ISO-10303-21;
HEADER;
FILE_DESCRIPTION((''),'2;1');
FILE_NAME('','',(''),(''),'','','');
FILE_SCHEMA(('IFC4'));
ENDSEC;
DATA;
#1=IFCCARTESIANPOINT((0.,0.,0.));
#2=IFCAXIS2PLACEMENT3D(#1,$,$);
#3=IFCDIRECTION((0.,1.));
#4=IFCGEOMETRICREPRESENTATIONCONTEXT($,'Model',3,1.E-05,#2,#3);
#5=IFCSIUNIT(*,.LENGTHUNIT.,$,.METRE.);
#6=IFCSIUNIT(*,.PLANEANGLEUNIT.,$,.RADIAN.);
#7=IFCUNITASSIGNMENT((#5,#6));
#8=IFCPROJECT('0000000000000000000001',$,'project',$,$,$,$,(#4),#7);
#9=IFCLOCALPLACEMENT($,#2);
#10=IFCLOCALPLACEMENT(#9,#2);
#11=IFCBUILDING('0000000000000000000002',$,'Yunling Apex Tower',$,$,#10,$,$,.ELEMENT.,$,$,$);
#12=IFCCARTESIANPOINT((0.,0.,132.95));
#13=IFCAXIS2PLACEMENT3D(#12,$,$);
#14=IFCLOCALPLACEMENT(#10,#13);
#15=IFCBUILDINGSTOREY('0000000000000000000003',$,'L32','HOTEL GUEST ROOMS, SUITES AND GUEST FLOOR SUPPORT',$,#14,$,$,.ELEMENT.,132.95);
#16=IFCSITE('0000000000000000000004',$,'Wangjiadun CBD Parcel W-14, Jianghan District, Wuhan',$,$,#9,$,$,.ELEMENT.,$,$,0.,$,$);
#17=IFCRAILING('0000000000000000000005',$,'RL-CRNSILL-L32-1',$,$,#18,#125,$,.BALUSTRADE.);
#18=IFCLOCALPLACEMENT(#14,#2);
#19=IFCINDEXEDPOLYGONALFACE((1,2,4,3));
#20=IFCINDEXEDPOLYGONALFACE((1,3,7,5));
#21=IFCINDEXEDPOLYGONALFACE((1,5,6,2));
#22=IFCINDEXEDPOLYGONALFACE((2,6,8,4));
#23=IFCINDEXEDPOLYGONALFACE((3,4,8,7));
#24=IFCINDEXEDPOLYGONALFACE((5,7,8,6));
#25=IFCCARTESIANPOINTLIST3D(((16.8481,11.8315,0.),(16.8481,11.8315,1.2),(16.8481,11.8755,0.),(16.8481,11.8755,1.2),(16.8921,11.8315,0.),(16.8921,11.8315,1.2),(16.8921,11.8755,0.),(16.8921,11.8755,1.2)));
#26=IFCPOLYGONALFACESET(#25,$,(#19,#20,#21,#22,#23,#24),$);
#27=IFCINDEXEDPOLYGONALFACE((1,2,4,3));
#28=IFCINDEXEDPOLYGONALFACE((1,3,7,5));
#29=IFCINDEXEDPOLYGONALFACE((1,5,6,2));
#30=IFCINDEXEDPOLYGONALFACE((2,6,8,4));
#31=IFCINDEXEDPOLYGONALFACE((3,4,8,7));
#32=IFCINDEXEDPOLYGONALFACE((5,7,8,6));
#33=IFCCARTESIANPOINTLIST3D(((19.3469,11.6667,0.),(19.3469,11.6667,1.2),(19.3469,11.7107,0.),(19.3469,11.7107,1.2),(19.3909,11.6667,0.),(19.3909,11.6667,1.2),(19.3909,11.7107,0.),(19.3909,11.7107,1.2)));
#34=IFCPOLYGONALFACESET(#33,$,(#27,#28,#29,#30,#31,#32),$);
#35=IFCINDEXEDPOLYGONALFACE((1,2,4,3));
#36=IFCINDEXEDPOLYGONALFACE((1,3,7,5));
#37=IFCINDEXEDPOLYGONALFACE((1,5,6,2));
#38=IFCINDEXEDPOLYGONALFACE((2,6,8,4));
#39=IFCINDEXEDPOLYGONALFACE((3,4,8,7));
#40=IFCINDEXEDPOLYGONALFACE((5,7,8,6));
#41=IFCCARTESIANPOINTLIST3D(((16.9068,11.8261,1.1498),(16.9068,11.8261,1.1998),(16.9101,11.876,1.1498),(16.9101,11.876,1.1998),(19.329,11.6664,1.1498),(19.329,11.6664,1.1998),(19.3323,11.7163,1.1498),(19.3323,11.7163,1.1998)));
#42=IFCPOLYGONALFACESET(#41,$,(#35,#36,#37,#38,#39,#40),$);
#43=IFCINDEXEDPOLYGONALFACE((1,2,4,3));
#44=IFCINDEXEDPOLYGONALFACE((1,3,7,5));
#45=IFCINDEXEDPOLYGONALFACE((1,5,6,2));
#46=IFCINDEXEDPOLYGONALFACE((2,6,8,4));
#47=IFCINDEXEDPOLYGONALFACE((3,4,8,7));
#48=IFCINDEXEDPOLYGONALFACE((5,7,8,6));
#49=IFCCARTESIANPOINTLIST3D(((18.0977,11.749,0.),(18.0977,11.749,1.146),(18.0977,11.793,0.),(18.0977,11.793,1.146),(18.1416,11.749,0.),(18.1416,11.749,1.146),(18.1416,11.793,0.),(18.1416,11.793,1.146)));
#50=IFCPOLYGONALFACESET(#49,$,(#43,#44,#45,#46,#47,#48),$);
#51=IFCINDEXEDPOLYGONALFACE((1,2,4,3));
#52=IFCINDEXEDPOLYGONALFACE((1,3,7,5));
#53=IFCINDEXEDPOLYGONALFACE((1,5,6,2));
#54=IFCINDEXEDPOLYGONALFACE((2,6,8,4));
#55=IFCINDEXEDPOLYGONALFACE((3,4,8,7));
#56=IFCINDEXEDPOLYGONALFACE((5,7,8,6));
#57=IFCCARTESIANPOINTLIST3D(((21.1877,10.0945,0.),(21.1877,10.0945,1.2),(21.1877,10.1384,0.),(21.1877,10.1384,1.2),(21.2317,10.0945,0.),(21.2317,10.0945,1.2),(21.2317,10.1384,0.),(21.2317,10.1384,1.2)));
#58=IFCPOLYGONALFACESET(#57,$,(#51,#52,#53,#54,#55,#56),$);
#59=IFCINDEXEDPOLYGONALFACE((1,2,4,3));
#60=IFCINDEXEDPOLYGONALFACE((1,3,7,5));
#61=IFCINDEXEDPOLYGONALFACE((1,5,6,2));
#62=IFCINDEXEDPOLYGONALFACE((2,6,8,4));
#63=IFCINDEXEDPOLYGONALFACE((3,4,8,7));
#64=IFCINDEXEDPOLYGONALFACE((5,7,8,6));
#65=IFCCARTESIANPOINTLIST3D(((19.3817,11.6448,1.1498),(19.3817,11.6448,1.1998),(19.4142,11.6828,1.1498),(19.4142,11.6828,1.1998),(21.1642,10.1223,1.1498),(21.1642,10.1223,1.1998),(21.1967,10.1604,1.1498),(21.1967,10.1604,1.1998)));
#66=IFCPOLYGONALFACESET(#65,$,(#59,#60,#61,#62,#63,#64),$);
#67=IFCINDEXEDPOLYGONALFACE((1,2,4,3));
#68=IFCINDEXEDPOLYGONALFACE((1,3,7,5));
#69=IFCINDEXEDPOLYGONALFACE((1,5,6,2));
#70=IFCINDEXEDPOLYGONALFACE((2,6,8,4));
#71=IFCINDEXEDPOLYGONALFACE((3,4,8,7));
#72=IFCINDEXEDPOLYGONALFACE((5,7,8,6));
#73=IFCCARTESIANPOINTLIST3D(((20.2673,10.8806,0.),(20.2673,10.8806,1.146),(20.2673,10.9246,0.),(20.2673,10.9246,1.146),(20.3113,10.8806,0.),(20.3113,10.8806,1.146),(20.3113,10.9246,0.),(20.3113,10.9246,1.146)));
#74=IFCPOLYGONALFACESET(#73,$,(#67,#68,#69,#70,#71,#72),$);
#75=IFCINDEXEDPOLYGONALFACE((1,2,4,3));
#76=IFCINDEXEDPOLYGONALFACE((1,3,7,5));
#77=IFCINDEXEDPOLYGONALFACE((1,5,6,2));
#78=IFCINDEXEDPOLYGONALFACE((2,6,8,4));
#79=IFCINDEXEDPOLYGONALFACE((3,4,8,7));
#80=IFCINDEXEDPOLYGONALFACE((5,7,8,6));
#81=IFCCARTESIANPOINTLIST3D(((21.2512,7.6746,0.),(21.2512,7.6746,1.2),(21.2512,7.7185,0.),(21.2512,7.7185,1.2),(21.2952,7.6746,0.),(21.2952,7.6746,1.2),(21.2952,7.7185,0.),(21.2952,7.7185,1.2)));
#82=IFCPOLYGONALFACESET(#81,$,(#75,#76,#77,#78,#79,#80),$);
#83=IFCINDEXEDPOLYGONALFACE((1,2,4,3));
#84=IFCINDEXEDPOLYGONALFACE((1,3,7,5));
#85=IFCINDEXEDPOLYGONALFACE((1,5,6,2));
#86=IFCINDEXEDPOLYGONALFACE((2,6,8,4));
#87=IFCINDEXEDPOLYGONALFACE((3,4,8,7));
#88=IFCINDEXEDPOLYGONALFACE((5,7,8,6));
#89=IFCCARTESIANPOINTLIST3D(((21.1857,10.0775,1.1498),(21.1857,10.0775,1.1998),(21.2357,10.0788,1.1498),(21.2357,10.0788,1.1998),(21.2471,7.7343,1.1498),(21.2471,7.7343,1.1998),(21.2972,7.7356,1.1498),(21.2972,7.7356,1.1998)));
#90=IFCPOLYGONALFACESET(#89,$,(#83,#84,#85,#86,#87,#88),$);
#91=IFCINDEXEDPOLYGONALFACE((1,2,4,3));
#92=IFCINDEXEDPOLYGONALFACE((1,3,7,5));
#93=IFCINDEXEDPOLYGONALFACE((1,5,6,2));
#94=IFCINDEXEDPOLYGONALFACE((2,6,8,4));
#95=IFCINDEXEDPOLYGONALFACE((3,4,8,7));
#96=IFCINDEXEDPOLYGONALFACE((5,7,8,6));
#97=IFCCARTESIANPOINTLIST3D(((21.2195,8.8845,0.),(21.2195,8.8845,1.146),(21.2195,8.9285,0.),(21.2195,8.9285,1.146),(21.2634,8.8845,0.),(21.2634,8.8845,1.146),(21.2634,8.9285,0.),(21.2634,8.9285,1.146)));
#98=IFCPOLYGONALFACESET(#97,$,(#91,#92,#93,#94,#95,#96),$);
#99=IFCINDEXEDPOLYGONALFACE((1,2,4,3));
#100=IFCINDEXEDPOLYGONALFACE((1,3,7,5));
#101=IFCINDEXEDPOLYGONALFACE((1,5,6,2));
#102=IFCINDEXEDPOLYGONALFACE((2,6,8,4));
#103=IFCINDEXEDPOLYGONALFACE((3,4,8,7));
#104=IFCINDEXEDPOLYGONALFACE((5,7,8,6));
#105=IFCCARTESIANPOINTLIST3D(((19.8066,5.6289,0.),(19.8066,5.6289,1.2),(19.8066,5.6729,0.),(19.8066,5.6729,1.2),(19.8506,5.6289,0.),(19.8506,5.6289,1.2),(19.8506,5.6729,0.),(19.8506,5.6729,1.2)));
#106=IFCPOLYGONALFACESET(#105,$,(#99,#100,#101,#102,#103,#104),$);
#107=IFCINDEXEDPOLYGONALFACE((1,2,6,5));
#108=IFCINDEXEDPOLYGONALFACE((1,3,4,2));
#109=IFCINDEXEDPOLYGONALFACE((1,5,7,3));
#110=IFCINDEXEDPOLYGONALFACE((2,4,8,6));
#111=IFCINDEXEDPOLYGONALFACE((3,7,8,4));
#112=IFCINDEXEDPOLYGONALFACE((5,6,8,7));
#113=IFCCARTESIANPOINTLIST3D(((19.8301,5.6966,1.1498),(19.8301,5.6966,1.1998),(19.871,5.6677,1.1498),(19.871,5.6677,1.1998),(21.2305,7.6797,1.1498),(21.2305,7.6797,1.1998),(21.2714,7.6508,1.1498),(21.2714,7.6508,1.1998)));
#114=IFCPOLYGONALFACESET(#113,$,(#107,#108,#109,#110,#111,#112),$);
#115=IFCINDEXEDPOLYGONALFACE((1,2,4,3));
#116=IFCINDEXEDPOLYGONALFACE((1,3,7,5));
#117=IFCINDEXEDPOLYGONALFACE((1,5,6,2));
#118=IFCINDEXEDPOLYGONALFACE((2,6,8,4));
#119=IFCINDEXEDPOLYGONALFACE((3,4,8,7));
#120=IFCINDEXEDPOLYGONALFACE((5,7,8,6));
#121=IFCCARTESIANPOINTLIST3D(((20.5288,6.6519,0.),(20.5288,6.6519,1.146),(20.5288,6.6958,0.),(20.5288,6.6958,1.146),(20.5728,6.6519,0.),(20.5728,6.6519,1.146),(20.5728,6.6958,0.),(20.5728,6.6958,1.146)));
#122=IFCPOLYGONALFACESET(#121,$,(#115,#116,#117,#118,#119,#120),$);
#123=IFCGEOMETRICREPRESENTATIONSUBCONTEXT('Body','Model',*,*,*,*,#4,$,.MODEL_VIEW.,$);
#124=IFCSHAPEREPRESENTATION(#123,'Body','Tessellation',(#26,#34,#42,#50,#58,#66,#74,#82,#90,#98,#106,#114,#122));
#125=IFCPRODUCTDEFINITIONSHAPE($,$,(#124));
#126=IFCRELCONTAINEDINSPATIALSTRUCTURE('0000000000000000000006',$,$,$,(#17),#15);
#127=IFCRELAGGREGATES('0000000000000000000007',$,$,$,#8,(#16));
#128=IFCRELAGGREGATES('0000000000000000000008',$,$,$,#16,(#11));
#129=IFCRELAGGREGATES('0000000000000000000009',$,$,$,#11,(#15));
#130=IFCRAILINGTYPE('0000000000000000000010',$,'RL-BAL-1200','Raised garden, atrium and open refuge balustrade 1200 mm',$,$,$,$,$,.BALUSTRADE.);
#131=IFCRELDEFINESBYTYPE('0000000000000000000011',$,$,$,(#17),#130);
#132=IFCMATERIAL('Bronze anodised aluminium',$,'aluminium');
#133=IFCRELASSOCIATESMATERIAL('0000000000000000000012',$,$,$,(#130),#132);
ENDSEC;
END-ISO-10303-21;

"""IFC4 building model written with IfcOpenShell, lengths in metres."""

from ifc_helpers import new_model, si_unit, direction, frame, origin, origin_2d, place, context, subcontext, project, spatial, rectangle, extrude, material, type_object, element, save


model = new_model("IFC4")

# Units and contexts
model_context = context("Model", 3, precision=1e-05, world=origin(), true_north=direction((0.0, 1.0)))
body_context = subcontext(model_context, "Body", "Model", "MODEL_VIEW")
ifc_project = project(units=[si_unit("LENGTHUNIT", "METRE"), si_unit("PLANEANGLEUNIT", "RADIAN")], contexts=[model_context])

# Site, building, storey
site_placement = place(None, origin())
site = spatial("IfcSite", under=ifc_project, at=site_placement, Name="Wangjiadun CBD Parcel W-14, Jianghan District, Wuhan", CompositionType="ELEMENT", RefElevation=0.0)
building_placement = place(site_placement, origin())
building = spatial("IfcBuilding", under=site, at=building_placement, Name="Yunling Apex Tower", CompositionType="ELEMENT")
storey_placement = place(building_placement, frame((0.0, 0.0, 132.95)))
storey = spatial("IfcBuildingStorey", under=building, at=storey_placement, Name="L32", Description="HOTEL GUEST ROOMS, SUITES AND GUEST FLOOR SUPPORT", CompositionType="ELEMENT", Elevation=132.95)

# Shared definitions
ifc_material_1 = material(Name="Bronze anodised aluminium", Category="aluminium")

# Railing
railing_type = type_object("IfcRailingType", Name="RL-BAL-1200", Description="Raised garden, atrium and open refuge balustrade 1200 mm", PredefinedType="BALUSTRADE", material=ifc_material_1)
railing_1_placement = place(storey_placement, frame((16.8701, 11.8535, 0.0)))
element("IfcRailing", 1, at=railing_1_placement, inside=storey, type_object=railing_type, Name="RL-CRNSILL-L32-1", PredefinedType="BALUSTRADE", context=body_context, shape_type="SweptSolid", body=[
    extrude(rectangle(XDim=0.0439, YDim=0.0439, at=origin_2d()), origin(), (0.0, 0.0, 1.0), 1.2),
    extrude(rectangle(XDim=0.0439, YDim=0.0439, at=origin_2d()), frame((2.4988, -0.1648, 0.0)), (0.0, 0.0, 1.0), 1.2),
    extrude(rectangle(XDim=0.05, YDim=0.05, at=origin_2d()), frame((0.0383, -0.0024, 1.1748), z_axis=(0.997832, -0.065807, 0.0), x_axis=(0.065807, 0.997832, 0.0)), (0.0, 0.0, 1.0), 2.4275),
    extrude(rectangle(XDim=0.0439, YDim=0.0439, at=origin_2d()), frame((1.2495, -0.0825, 0.0)), (0.0, 0.0, 1.0), 1.146),
    extrude(rectangle(XDim=0.0439, YDim=0.0439, at=origin_2d()), frame((4.3396, -1.7371, 0.0)), (0.0, 0.0, 1.0), 1.2),
    extrude(rectangle(XDim=0.05, YDim=0.05, at=origin_2d()), frame((2.5278, -0.1897, 1.1748), z_axis=(0.760394, -0.649462, 0.0), x_axis=(0.649462, 0.760394, 0.0)), (0.0, 0.0, 1.0), 2.3442),
    extrude(rectangle(XDim=0.0439, YDim=0.0439, at=origin_2d()), frame((3.4192, -0.9509, 0.0)), (0.0, 0.0, 1.0), 1.146),
    extrude(rectangle(XDim=0.0439, YDim=0.0439, at=origin_2d()), frame((4.4031, -4.157, 0.0)), (0.0, 0.0, 1.0), 1.2),
    extrude(rectangle(XDim=0.05, YDim=0.05, at=origin_2d()), frame((4.3406, -1.7754, 1.1748), z_axis=(0.026222, -0.999656, 0.0), x_axis=(0.999656, 0.026222, 0.0)), (0.0, 0.0, 1.0), 2.344),
    extrude(rectangle(XDim=0.0439, YDim=0.0439, at=origin_2d()), frame((4.3713, -2.947, 0.0)), (0.0, 0.0, 1.0), 1.146),
    extrude(rectangle(XDim=0.0439, YDim=0.0439, at=origin_2d()), frame((2.9585, -6.2026, 0.0)), (0.0, 0.0, 1.0), 1.2),
    extrude(rectangle(XDim=0.05, YDim=0.05, at=origin_2d()), frame((4.3809, -4.1882, 1.1748), z_axis=(-0.57684, -0.816857, 0.0), x_axis=(0.816857, -0.57684, 0.0)), (0.0, 0.0, 1.0), 2.4277),
    extrude(rectangle(XDim=0.0439, YDim=0.0439, at=origin_2d()), frame((3.6807, -5.1797, 0.0)), (0.0, 0.0, 1.0), 1.146),
])

save(model, "model.ifc")
